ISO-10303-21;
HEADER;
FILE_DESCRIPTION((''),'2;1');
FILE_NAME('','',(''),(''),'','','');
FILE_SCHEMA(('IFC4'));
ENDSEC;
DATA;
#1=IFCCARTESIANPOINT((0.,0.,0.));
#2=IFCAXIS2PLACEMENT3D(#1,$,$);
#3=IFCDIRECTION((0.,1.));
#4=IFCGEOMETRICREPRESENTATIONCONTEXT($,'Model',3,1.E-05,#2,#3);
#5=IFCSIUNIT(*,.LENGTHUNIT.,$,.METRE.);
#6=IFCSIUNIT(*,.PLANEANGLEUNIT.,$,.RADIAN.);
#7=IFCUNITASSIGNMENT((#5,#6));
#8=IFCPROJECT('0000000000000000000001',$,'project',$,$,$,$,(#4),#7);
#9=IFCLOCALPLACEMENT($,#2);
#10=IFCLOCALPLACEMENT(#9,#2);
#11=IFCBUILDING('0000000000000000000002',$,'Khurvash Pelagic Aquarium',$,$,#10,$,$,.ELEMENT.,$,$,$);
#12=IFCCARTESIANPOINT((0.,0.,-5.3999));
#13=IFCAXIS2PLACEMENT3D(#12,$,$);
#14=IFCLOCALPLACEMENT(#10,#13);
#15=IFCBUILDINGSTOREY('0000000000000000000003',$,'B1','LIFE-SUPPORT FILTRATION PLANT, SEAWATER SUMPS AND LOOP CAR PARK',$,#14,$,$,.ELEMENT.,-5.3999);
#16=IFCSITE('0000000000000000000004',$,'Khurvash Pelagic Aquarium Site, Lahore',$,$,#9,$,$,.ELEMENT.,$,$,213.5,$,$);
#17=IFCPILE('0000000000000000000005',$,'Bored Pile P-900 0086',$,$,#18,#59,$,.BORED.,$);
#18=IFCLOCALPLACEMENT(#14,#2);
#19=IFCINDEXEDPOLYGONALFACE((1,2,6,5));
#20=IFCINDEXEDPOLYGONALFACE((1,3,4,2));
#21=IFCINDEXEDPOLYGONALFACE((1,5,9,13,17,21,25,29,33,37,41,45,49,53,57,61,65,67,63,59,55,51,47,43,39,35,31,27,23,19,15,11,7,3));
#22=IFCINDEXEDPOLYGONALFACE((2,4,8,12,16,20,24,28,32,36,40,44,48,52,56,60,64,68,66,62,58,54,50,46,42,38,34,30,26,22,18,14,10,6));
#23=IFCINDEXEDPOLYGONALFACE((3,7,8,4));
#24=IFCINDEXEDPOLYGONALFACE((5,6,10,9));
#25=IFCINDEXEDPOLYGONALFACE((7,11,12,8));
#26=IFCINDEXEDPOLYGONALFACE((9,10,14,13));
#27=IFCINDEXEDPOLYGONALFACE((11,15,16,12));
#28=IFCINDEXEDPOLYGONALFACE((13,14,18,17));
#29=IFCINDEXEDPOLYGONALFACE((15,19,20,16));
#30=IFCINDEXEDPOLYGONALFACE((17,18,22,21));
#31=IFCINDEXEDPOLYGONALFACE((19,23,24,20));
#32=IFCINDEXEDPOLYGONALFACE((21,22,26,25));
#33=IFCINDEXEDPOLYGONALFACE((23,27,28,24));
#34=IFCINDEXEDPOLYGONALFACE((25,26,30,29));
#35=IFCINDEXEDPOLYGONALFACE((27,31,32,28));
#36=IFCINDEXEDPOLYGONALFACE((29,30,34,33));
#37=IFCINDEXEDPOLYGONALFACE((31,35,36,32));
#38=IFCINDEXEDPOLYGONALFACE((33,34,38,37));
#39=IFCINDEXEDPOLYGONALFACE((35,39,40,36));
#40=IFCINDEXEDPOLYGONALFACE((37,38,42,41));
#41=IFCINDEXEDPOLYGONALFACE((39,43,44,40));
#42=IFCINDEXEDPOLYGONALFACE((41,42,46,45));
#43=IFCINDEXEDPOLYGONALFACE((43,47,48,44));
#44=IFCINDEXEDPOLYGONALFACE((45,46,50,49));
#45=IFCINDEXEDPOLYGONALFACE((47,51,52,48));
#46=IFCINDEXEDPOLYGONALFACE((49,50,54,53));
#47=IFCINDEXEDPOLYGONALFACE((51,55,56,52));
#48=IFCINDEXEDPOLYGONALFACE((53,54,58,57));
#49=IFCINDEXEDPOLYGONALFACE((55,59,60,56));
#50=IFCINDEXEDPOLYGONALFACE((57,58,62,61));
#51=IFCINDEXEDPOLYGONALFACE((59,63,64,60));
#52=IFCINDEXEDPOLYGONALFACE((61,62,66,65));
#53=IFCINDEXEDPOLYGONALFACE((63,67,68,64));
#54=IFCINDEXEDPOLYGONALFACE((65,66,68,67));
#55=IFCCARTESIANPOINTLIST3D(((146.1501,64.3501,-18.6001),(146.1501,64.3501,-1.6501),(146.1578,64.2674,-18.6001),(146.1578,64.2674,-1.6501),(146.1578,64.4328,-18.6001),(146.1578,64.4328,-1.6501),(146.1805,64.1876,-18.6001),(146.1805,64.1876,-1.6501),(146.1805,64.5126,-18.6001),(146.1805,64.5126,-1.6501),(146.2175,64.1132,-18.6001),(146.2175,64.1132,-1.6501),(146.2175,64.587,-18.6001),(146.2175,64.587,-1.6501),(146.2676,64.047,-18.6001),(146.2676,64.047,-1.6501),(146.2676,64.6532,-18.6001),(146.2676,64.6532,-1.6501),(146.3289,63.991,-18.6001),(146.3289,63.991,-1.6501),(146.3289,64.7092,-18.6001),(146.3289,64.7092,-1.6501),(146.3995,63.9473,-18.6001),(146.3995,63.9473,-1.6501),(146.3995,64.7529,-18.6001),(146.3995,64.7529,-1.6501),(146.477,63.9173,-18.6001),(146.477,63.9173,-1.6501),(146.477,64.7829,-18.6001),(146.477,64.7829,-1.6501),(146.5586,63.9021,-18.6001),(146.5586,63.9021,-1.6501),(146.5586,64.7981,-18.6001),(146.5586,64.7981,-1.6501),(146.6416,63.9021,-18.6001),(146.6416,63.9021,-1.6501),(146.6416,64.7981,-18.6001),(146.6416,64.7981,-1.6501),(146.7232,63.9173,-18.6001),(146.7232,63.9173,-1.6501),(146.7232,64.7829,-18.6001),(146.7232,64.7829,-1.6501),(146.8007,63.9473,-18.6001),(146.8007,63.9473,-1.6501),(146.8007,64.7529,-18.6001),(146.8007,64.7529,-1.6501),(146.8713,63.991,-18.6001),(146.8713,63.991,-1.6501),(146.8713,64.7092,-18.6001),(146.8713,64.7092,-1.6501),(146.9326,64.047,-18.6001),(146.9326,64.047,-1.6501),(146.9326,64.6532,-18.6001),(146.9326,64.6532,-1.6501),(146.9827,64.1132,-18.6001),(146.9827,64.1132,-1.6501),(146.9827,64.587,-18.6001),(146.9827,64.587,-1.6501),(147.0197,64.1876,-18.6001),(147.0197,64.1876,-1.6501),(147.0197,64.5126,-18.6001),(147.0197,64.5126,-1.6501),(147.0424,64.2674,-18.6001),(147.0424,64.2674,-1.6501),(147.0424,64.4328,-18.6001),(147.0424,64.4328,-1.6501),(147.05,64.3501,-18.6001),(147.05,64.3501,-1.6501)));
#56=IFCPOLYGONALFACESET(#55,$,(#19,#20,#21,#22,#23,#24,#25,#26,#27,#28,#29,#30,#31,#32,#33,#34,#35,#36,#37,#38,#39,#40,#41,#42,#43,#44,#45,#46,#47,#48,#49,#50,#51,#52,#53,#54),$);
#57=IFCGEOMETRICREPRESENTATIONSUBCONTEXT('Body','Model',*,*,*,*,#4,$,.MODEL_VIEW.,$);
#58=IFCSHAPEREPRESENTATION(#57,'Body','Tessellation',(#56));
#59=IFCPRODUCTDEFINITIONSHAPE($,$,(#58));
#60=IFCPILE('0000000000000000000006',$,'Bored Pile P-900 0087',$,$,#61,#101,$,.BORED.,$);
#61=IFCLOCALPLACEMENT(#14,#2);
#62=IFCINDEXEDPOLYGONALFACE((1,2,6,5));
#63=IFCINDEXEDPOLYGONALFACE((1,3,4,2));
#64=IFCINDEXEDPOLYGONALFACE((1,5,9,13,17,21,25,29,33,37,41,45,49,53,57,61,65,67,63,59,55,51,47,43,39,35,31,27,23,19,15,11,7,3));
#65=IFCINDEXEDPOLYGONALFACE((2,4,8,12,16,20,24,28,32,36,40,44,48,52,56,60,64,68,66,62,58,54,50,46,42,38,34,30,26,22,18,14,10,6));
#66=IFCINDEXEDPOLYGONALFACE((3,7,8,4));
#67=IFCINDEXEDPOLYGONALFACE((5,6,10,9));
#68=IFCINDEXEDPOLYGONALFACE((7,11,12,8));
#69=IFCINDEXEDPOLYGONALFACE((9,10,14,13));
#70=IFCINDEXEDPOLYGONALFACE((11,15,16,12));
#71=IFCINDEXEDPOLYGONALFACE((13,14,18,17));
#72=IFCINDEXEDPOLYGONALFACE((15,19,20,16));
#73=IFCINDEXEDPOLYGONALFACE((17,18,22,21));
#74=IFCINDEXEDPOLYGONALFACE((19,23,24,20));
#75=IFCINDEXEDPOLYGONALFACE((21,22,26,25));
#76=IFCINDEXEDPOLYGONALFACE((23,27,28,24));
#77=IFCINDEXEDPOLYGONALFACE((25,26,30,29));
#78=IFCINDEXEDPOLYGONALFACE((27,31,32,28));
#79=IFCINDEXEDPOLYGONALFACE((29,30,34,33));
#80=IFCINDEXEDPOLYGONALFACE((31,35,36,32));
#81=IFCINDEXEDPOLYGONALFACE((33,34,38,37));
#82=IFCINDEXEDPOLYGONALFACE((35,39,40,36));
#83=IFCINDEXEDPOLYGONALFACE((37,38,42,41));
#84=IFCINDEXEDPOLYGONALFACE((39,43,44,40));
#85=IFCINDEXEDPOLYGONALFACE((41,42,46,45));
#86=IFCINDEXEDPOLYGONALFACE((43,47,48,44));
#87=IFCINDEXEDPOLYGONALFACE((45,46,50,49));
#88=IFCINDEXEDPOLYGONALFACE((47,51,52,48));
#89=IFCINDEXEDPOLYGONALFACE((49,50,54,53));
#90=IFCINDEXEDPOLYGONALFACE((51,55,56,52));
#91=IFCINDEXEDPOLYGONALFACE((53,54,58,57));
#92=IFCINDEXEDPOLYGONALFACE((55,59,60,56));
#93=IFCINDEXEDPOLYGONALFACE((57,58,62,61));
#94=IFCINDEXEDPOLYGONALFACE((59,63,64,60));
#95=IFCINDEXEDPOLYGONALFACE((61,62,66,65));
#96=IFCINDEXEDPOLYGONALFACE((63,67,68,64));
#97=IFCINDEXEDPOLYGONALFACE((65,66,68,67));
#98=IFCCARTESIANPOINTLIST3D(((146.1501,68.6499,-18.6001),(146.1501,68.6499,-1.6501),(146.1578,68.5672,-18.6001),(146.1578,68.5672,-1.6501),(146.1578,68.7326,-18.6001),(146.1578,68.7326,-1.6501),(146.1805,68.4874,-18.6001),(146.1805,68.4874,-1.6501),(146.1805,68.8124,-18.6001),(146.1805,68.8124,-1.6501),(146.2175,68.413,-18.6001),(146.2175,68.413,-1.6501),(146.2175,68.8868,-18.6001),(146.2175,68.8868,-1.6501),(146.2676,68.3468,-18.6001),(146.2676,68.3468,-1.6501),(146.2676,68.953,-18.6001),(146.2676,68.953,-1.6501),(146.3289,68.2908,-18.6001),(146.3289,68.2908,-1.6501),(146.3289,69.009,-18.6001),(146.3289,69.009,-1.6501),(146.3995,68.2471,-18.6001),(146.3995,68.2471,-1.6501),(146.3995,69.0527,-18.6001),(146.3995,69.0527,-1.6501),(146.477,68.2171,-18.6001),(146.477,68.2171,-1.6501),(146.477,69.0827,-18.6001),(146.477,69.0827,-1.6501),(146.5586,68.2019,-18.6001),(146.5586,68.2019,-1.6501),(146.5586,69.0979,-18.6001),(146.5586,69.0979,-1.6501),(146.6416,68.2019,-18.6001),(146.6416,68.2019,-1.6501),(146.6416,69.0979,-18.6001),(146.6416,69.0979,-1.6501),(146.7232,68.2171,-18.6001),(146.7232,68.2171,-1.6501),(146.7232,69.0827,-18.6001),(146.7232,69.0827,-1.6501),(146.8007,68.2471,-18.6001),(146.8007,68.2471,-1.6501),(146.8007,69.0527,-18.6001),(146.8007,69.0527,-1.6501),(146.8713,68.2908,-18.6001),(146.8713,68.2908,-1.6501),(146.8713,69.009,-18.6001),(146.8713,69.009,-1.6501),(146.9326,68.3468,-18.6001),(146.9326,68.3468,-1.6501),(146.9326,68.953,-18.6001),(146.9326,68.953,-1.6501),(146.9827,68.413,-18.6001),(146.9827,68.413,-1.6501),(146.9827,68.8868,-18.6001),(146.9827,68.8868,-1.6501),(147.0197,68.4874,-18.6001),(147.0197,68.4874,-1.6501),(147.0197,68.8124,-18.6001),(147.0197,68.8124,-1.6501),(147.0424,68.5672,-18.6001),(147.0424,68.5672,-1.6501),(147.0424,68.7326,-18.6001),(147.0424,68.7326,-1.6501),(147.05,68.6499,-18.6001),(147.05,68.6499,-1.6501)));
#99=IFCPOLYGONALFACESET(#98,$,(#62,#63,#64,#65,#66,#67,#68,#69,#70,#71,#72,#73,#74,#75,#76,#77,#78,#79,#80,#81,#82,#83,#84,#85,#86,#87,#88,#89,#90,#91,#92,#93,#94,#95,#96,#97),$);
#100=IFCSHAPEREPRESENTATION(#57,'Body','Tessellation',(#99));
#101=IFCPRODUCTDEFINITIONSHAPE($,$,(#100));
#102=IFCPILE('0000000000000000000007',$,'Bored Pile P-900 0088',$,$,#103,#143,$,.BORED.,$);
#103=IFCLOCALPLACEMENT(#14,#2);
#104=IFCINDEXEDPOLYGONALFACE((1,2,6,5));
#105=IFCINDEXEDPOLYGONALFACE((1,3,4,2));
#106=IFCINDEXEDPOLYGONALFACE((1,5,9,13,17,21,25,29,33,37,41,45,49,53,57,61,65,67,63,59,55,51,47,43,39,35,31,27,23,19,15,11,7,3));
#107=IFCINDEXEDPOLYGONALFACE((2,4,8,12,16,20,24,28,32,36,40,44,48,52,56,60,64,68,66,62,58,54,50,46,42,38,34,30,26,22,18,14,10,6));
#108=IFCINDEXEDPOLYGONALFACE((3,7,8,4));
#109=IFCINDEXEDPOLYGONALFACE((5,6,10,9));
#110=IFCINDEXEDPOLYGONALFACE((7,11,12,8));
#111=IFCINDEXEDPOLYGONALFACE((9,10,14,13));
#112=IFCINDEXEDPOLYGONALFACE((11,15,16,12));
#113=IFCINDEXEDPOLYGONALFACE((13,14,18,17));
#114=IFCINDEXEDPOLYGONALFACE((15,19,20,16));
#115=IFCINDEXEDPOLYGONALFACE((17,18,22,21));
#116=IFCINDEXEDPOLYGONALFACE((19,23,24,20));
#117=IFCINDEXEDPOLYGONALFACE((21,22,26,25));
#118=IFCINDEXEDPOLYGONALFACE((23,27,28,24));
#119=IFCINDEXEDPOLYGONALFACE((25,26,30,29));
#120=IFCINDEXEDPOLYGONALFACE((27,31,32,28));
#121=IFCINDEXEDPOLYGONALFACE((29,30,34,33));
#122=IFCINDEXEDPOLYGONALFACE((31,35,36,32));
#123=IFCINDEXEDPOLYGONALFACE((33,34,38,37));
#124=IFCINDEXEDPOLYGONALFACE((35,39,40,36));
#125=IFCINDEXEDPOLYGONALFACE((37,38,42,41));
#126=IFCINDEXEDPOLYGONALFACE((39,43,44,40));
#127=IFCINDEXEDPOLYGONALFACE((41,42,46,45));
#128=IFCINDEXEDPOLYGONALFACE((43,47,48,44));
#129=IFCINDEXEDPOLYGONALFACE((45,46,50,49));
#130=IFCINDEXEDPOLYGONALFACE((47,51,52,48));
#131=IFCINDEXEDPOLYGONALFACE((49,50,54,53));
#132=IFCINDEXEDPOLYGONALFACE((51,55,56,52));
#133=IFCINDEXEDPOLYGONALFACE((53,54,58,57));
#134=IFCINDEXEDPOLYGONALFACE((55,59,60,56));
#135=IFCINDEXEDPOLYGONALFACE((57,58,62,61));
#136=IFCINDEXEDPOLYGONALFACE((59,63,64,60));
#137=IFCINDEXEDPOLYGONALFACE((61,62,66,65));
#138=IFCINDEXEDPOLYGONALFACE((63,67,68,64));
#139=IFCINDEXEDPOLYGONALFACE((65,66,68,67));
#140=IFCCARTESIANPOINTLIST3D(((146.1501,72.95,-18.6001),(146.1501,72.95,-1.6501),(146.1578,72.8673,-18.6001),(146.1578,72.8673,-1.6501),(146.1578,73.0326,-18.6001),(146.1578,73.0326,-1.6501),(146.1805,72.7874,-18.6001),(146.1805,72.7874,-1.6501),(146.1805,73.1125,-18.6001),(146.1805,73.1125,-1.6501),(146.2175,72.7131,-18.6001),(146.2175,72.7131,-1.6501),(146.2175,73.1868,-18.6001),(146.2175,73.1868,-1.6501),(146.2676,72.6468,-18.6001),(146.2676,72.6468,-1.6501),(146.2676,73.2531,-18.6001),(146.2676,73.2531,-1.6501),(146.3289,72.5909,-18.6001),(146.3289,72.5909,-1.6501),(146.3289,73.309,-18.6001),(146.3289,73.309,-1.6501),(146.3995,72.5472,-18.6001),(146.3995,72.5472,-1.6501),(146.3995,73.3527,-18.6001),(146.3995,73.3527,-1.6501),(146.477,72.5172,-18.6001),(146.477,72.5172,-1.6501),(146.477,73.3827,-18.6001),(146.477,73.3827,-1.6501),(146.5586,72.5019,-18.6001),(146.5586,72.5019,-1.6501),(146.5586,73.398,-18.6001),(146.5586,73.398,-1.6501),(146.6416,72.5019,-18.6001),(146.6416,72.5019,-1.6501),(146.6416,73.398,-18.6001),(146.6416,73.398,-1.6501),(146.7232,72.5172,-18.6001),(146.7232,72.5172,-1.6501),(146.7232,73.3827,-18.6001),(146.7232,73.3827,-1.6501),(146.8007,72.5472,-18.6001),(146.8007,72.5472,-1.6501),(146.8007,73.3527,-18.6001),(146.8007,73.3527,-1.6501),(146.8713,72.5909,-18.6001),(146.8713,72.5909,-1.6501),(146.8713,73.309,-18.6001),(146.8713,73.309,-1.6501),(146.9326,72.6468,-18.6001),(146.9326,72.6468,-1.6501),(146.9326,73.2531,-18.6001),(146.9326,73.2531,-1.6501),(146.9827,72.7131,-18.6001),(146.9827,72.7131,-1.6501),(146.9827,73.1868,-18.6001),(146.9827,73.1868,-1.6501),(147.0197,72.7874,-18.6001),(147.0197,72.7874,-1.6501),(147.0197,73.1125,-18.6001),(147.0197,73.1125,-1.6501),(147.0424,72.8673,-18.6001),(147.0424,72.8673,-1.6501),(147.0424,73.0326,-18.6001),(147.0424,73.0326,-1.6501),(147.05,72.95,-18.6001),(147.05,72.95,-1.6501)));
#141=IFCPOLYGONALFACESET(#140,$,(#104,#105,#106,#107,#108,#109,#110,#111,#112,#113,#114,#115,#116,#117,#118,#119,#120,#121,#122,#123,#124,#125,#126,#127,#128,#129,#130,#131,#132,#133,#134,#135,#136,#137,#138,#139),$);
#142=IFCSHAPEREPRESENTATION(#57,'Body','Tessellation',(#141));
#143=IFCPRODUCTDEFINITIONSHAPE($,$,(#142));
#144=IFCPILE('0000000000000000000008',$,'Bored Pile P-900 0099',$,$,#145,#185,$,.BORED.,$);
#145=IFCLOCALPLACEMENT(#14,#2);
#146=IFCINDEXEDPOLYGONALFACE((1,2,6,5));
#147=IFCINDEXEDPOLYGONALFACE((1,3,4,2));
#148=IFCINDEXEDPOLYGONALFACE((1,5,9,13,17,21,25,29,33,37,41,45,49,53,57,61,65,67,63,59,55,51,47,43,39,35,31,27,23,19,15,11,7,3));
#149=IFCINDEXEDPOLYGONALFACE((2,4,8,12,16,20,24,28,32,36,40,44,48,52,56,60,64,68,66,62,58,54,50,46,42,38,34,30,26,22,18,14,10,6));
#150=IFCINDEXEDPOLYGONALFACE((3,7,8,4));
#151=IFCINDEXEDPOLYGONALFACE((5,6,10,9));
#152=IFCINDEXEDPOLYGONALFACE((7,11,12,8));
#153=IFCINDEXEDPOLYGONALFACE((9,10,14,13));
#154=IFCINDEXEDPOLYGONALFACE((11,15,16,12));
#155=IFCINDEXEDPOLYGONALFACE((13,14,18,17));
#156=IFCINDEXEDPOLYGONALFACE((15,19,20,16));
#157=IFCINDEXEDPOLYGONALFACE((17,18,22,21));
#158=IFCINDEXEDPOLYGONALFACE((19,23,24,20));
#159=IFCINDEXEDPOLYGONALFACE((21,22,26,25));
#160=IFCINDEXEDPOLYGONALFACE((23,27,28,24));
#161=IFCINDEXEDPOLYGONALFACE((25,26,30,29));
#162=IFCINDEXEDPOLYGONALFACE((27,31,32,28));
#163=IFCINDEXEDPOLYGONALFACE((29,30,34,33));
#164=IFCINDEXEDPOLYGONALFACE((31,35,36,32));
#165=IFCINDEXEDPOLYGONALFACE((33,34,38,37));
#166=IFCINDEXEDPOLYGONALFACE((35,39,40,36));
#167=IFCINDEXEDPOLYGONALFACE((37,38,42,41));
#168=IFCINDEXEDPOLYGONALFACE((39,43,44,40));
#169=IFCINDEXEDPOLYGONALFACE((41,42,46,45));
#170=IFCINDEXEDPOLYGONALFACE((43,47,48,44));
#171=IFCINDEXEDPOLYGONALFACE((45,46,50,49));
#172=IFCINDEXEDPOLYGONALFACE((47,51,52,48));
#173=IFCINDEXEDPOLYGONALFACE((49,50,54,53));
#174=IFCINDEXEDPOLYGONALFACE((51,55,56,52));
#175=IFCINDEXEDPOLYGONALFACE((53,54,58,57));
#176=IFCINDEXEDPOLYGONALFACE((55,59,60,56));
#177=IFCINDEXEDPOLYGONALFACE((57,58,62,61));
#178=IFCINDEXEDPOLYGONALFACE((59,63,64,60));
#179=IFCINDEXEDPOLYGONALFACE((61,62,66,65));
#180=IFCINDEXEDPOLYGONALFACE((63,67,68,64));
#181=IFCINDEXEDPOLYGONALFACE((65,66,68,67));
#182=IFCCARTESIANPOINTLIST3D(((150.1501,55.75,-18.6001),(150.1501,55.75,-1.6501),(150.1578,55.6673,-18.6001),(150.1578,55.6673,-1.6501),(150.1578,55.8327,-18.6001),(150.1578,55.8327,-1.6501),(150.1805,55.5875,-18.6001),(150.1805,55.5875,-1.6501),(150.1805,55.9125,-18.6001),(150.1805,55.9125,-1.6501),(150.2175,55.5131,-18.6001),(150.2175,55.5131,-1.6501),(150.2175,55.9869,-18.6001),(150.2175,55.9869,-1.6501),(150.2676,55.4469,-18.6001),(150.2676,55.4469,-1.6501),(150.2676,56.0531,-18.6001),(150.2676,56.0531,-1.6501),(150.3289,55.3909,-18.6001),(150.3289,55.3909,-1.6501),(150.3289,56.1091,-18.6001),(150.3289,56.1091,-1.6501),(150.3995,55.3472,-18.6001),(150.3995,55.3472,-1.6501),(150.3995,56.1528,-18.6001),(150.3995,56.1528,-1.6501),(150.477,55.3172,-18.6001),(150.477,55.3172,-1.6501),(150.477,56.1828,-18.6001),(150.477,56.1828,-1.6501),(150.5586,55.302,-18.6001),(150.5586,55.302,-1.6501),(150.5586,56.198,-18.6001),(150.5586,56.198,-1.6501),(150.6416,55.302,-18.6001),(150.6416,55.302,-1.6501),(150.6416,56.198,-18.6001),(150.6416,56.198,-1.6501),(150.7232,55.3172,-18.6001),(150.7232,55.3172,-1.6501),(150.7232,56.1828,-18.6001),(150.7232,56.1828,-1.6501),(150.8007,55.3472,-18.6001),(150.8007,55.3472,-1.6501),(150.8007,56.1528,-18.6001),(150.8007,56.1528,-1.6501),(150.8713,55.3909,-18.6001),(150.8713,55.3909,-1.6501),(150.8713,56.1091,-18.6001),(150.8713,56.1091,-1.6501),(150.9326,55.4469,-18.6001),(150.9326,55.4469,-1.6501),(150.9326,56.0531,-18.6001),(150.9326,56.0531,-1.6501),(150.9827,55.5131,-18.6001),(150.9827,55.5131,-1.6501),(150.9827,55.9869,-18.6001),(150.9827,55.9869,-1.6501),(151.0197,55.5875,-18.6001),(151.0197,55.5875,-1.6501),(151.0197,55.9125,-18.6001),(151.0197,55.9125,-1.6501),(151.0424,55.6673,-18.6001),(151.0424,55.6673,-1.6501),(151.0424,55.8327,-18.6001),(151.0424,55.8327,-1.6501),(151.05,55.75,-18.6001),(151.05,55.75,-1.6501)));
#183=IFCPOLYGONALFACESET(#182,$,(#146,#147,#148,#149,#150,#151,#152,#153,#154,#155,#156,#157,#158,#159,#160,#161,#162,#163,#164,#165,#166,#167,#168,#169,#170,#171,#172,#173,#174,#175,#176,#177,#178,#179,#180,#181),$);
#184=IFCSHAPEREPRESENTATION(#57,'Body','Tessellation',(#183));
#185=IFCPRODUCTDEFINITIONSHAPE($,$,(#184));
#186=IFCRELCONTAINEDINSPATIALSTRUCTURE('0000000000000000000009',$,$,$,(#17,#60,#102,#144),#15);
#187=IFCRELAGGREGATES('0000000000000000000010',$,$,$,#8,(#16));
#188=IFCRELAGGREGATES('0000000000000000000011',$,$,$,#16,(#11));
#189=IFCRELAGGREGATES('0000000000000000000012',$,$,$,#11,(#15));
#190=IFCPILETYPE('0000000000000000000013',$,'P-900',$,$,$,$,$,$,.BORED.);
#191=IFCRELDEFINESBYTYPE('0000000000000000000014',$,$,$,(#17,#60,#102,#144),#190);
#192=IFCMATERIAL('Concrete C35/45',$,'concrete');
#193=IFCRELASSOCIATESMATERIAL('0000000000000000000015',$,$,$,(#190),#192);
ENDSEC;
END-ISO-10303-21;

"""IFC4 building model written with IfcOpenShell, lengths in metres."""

from ifc_helpers import new_model, si_unit, direction, frame, origin, origin_2d, place, context, subcontext, project, spatial, circle, extrude, material, material_profile, profile_set, type_object, element, save


model = new_model("IFC4")

# Units and contexts
model_context = context("Model", 3, precision=1e-05, world=origin(), true_north=direction((0.0, 1.0)))
body_context = subcontext(model_context, "Body", "Model", "MODEL_VIEW")
ifc_project = project(units=[si_unit("LENGTHUNIT", "METRE"), si_unit("PLANEANGLEUNIT", "RADIAN")], contexts=[model_context])

# Site, building, storey
site_placement = place(None, origin())
site = spatial("IfcSite", under=ifc_project, at=site_placement, Name="Khurvash Pelagic Aquarium Site, Lahore", CompositionType="ELEMENT", RefElevation=213.5)
building_placement = place(site_placement, origin())
building = spatial("IfcBuilding", under=site, at=building_placement, Name="Khurvash Pelagic Aquarium", CompositionType="ELEMENT")
storey_placement = place(building_placement, frame((0.0, 0.0, -5.3999)))
storey = spatial("IfcBuildingStorey", under=building, at=storey_placement, Name="B1", Description="LIFE-SUPPORT FILTRATION PLANT, SEAWATER SUMPS AND LOOP CAR PARK", CompositionType="ELEMENT", Elevation=-5.3999)

# Piles
ifc_material_1 = material(Name="Concrete C35/45", Category="concrete")
ifc_material_profile_1 = material_profile(ifc_material_1, circle(Radius=0.45, at=origin_2d()), Name="PILE900")
ifc_profile_set_1 = profile_set([ifc_material_profile_1], Name="Concrete C35/45")
pile_type = type_object("IfcPileType", Name="P-900", PredefinedType="BORED", material=ifc_profile_set_1)
for number, where, z_axis, x_axis, name in (
    (1, (146.6001, 64.3501, -1.6501), (0.0, 0.0, -1.0), (1.0, 0.0, 0.0), "Bored Pile P-900 0086"),
    (2, (146.6001, 68.6499, -1.6501), (0.0, 0.0, -1.0), (1.0, 0.0, 0.0), "Bored Pile P-900 0087"),
    (3, (146.6001, 72.95, -1.6501), (0.0, 0.0, -1.0), (1.0, 0.0, 0.0), "Bored Pile P-900 0088"),
    (4, (150.6001, 55.75, -1.6501), (0.0, 0.0, -1.0), (1.0, 0.0, 0.0), "Bored Pile P-900 0099"),
):
    element("IfcPile", number, at=place(storey_placement, frame(where, z_axis=z_axis, x_axis=x_axis)), inside=storey, type_object=pile_type, Name=name, PredefinedType="BORED", context=body_context, shape_type="SweptSolid", body=[
        extrude(circle(Radius=0.45, at=origin_2d()), origin(), (0.0, 0.0, 1.0), 16.95),
    ])

save(model, "model.ifc")
